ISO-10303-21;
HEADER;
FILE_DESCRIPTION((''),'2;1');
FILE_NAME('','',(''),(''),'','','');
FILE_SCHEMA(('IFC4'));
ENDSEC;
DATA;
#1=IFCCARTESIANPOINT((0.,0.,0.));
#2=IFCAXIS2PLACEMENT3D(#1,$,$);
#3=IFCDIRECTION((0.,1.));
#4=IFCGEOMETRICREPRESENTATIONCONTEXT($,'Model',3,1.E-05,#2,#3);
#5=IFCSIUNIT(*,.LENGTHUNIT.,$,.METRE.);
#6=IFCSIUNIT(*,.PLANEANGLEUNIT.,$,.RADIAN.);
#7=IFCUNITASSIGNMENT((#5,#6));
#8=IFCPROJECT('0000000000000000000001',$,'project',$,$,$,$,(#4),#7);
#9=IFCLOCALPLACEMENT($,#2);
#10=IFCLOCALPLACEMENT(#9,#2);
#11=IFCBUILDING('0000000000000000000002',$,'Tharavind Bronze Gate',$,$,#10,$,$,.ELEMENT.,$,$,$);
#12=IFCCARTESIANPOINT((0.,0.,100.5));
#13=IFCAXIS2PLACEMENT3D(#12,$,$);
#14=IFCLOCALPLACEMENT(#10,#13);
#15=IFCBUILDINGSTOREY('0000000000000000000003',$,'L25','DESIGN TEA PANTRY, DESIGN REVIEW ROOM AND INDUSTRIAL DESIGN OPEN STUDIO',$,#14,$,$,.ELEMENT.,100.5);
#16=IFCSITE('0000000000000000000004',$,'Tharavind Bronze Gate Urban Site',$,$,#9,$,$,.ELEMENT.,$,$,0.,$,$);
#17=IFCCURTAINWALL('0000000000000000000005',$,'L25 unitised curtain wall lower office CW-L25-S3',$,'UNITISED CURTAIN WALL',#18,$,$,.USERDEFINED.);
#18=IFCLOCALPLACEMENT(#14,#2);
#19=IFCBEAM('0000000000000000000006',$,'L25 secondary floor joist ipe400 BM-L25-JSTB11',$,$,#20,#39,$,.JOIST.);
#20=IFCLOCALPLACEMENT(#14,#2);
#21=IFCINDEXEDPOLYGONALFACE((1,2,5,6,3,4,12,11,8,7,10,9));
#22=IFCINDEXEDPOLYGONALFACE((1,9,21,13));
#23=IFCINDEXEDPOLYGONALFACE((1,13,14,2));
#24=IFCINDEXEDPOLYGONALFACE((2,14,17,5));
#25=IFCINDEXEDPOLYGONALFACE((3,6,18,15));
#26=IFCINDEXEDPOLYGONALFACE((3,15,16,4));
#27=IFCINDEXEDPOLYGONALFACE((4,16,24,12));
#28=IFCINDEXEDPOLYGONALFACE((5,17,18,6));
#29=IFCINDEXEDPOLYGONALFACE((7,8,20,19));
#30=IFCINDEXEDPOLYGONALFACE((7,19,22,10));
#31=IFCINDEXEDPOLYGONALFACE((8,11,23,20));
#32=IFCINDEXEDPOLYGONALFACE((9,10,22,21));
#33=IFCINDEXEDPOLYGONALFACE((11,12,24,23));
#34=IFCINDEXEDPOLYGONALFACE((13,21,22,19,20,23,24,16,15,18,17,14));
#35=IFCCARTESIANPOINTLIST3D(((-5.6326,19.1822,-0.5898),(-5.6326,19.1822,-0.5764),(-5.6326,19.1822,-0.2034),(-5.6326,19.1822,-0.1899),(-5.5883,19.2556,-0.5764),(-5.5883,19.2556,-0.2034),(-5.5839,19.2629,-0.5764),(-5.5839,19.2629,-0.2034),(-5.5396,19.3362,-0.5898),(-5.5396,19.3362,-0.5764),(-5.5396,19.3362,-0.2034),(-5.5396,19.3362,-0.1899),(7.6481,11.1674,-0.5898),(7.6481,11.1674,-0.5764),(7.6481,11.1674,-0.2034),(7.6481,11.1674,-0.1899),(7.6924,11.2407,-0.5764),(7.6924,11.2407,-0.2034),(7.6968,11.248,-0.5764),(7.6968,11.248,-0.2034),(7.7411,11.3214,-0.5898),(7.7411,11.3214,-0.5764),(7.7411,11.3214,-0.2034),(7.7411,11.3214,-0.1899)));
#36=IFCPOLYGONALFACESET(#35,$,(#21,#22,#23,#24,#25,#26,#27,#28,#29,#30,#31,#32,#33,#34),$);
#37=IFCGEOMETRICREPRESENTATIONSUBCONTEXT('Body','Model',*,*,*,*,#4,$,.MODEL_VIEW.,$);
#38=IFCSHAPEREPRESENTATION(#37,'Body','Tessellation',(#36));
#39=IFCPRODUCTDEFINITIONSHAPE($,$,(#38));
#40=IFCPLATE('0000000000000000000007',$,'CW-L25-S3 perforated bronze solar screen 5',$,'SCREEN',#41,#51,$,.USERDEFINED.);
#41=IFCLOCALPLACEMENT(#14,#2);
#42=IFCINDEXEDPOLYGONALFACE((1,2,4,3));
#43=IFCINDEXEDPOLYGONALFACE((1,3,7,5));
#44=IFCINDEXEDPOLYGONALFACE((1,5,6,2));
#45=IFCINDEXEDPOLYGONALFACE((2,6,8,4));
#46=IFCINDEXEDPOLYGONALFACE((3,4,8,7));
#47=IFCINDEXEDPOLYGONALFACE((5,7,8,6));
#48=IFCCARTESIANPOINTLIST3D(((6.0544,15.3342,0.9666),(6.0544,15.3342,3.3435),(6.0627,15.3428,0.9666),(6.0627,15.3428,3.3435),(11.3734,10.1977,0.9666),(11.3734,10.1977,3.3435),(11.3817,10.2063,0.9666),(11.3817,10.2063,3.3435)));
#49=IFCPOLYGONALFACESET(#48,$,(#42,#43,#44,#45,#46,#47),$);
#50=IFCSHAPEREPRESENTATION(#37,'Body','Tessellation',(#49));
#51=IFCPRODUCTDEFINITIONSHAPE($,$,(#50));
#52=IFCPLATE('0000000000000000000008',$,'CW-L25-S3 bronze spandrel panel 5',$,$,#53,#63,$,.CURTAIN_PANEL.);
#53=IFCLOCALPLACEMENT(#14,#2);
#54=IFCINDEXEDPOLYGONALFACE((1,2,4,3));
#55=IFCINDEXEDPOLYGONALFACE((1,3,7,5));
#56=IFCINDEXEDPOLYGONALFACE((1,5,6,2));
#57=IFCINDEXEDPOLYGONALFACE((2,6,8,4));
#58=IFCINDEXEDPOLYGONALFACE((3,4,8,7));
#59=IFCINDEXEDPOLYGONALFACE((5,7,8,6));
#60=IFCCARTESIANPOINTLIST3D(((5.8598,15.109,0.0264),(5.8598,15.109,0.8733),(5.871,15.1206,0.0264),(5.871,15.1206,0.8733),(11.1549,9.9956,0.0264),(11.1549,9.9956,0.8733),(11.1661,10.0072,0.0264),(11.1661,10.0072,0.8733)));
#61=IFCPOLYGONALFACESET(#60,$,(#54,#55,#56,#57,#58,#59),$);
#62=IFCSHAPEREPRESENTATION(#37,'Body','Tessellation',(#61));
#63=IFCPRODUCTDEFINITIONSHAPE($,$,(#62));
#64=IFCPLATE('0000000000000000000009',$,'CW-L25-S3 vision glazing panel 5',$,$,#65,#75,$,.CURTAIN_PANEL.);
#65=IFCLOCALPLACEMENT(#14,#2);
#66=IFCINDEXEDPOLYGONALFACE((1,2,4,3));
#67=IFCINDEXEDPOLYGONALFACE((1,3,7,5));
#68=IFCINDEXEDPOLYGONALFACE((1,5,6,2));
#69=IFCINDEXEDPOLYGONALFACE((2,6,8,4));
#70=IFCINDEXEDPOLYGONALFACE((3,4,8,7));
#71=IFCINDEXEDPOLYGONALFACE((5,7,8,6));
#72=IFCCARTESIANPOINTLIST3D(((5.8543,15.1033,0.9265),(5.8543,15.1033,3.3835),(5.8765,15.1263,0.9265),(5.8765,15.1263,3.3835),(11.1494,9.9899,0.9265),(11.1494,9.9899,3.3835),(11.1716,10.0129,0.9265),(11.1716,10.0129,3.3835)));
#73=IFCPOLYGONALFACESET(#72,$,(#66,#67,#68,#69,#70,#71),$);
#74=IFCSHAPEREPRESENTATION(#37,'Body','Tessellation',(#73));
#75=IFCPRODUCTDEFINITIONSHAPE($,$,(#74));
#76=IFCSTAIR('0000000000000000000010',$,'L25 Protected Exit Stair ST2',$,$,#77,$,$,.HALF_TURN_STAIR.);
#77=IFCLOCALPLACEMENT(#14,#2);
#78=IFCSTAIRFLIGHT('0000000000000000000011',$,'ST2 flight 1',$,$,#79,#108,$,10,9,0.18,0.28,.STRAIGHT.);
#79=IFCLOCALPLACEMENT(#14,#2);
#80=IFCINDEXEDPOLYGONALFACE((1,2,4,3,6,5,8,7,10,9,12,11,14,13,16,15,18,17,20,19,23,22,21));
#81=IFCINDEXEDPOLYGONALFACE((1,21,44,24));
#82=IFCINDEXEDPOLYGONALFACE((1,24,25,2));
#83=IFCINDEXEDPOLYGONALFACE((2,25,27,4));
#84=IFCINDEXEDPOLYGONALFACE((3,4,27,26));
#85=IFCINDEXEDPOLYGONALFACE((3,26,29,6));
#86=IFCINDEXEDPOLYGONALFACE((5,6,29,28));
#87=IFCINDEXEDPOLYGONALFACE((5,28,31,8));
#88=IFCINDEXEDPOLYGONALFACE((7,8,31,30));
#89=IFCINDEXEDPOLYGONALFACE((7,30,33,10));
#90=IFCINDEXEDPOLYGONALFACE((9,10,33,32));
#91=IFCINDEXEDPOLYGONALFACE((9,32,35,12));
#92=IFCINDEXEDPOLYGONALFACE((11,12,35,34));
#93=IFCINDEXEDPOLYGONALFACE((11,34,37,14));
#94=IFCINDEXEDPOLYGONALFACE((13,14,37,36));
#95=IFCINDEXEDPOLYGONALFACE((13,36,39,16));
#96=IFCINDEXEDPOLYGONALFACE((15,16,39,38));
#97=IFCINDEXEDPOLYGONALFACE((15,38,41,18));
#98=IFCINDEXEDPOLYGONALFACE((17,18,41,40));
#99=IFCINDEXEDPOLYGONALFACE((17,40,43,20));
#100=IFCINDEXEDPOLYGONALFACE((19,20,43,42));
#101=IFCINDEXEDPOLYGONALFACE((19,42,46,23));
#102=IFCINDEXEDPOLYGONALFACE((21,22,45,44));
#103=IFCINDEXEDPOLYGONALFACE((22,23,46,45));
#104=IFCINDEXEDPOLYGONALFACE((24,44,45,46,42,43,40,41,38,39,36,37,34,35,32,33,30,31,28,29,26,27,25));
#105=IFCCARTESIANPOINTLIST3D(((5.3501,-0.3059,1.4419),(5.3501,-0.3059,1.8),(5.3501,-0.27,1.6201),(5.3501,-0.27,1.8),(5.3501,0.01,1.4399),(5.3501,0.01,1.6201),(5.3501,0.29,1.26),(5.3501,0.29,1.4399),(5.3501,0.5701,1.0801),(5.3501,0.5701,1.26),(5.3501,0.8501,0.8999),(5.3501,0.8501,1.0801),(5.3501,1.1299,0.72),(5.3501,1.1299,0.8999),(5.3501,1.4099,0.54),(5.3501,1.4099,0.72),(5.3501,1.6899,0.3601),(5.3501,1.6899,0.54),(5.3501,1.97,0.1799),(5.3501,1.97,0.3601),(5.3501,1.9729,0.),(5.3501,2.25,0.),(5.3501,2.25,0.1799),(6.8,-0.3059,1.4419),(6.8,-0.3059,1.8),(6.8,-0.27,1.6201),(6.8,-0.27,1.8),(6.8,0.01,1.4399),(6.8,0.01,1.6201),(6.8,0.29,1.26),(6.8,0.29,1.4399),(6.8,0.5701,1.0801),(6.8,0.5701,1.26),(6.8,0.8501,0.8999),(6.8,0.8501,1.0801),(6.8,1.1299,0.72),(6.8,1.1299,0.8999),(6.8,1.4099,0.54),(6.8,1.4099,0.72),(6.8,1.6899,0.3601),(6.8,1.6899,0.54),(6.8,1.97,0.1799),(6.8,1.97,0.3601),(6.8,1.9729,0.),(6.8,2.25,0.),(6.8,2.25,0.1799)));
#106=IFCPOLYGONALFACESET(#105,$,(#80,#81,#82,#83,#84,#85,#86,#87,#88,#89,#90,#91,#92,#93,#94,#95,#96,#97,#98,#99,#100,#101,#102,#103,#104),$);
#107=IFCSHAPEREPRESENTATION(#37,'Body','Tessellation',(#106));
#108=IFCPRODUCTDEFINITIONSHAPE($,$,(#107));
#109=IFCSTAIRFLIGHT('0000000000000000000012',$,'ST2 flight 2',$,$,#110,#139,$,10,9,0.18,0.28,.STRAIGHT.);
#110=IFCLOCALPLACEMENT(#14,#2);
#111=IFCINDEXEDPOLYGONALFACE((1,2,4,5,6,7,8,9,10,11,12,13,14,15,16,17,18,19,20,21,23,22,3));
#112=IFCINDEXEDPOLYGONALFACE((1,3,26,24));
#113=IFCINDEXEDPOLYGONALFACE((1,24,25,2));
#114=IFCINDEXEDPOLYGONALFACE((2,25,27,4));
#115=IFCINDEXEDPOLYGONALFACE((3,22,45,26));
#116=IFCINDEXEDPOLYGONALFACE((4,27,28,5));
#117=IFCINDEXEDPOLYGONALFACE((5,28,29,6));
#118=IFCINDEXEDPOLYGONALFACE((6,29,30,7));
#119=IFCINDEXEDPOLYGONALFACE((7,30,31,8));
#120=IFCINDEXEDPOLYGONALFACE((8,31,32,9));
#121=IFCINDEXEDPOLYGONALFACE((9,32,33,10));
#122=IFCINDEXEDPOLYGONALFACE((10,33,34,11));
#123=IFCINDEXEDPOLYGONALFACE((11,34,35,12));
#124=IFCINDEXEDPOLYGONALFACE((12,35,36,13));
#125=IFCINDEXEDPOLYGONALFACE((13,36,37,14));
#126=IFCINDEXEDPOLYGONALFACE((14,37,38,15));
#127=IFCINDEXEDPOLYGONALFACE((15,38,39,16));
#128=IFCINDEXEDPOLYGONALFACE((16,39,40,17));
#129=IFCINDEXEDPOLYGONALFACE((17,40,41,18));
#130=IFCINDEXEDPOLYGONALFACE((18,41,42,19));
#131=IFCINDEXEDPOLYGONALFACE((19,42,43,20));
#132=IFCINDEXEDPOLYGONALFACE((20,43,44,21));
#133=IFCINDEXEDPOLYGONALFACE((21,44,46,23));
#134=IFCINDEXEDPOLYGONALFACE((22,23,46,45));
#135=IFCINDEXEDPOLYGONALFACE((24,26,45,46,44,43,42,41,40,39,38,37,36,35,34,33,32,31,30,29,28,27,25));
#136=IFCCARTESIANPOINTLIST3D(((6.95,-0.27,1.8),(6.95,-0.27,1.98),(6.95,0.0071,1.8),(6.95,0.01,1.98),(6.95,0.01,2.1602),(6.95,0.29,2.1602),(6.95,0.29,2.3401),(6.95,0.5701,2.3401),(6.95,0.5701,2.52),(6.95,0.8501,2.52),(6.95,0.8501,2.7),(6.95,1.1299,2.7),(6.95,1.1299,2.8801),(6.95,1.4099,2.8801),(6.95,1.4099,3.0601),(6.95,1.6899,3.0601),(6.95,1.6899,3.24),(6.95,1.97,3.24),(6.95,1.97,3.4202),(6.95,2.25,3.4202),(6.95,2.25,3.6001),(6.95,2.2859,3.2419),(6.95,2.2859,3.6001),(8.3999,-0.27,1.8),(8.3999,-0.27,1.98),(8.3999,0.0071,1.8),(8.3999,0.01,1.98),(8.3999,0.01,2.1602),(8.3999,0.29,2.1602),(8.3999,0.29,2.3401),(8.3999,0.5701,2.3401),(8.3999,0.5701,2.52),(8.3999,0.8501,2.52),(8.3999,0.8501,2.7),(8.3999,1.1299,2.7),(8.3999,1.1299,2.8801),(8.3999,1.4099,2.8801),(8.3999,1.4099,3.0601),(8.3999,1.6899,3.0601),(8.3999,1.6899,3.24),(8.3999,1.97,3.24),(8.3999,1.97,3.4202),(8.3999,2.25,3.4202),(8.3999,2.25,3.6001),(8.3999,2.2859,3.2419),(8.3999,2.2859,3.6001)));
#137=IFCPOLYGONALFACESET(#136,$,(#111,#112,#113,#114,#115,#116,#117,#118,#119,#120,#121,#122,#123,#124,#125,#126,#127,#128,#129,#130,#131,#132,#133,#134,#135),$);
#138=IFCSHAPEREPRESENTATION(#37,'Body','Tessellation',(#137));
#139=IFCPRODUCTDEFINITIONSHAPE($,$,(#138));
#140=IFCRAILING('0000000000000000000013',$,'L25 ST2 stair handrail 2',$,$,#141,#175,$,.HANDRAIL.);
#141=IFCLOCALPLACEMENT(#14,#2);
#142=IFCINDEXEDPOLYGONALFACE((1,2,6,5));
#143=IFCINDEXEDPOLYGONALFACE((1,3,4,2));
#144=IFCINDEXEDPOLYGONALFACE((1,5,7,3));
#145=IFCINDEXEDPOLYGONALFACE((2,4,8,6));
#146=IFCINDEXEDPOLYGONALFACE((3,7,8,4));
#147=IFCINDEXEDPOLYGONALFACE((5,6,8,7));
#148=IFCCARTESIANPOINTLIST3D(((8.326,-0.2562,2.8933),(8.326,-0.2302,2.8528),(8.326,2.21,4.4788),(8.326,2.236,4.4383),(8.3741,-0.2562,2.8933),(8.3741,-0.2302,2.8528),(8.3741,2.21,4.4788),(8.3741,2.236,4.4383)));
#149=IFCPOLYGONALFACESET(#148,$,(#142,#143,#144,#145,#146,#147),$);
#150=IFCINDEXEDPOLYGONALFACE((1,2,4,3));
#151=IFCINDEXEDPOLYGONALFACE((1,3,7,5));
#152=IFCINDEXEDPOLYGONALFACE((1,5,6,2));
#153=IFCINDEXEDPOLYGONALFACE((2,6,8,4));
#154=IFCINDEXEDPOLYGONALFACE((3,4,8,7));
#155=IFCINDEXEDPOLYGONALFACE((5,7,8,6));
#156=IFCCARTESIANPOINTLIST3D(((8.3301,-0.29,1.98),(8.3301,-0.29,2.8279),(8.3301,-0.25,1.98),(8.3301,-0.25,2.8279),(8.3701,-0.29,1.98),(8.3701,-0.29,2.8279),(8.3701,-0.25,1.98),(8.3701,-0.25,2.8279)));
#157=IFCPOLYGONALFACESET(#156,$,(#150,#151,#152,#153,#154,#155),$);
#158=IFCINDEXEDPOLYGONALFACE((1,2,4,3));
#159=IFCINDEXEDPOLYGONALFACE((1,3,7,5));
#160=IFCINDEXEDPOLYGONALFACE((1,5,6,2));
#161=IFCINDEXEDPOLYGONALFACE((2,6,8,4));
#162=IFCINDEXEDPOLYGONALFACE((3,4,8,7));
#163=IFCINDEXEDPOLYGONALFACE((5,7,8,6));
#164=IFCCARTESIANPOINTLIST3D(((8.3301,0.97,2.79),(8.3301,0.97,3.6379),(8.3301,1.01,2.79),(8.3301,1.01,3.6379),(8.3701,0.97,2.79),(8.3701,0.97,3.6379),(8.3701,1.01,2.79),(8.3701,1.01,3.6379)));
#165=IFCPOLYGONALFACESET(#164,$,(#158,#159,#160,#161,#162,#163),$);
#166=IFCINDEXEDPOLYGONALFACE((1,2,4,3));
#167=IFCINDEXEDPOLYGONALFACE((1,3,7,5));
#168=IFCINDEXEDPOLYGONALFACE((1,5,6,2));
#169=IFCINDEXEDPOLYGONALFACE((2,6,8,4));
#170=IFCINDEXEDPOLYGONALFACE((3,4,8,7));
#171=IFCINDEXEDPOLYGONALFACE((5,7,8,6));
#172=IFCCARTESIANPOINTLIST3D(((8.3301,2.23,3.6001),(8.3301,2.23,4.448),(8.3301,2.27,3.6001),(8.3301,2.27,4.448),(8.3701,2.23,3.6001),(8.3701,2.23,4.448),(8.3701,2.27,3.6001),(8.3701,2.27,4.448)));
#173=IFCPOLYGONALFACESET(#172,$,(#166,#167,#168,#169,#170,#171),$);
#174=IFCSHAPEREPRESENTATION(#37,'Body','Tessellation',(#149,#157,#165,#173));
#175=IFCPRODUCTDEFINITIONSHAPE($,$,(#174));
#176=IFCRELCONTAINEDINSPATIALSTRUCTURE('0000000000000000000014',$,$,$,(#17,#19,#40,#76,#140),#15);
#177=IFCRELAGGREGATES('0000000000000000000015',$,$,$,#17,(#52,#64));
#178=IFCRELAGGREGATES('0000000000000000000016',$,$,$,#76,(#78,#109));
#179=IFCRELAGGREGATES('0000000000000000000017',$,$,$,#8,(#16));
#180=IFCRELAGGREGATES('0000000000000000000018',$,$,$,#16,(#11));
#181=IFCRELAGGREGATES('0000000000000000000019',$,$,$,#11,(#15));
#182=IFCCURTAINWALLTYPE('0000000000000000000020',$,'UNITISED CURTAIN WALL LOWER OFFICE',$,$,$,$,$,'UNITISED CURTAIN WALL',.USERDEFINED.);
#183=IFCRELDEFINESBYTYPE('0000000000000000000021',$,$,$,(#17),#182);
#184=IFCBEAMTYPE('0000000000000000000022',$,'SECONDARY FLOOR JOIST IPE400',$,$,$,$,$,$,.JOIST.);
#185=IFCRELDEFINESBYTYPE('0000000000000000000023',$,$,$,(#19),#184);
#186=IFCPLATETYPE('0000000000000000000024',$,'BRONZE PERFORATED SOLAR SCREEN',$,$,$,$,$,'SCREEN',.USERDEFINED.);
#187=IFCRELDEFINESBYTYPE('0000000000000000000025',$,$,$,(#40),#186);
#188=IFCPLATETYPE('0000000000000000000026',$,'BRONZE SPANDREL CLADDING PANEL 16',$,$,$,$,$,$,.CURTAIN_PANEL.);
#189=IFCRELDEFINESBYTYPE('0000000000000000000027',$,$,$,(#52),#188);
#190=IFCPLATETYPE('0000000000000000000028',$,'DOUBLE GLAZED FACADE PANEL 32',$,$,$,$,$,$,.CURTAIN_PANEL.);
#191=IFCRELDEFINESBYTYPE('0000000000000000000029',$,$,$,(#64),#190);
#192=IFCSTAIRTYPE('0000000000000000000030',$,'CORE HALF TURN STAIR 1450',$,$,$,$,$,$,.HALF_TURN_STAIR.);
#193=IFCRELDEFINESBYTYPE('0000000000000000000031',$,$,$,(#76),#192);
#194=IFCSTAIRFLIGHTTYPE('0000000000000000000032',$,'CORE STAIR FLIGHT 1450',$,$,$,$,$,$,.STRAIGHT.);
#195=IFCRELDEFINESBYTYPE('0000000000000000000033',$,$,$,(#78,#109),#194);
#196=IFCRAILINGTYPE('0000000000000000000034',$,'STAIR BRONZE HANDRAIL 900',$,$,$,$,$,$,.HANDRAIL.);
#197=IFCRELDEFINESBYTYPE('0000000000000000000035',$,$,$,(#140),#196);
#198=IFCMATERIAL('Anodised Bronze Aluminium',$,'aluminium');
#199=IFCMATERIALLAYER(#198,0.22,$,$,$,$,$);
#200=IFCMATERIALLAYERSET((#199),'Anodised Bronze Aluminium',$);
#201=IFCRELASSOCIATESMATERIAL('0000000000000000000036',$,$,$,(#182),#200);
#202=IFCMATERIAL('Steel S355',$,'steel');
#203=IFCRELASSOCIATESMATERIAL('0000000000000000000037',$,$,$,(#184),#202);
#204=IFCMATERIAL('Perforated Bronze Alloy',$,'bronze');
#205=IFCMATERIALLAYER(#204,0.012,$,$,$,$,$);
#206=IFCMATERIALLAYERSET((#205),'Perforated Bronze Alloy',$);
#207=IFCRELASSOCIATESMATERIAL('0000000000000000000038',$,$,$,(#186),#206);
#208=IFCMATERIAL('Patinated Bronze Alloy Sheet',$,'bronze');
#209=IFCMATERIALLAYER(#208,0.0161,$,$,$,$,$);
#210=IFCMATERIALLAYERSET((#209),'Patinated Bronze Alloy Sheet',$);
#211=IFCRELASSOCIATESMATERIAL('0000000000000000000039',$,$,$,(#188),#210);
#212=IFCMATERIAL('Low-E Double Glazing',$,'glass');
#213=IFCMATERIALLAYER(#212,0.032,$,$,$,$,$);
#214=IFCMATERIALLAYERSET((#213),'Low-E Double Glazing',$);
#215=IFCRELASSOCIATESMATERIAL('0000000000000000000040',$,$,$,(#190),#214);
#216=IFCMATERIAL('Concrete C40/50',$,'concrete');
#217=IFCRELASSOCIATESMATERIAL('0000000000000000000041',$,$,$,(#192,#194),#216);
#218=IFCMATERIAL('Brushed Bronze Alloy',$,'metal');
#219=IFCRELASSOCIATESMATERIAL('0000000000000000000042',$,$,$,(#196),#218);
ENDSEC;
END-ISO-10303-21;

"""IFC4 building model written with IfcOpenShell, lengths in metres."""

from ifc_helpers import new_model, si_unit, direction, frame, origin, origin_2d, place, context, subcontext, project, spatial, polyline, rectangle, i_section, outline, extrude, material, layer, layer_set, material_profile, profile_set, type_object, element, aggregate, save


model = new_model("IFC4")

# Units and contexts
model_context = context("Model", 3, precision=1e-05, world=origin(), true_north=direction((0.0, 1.0)))
body_context = subcontext(model_context, "Body", "Model", "MODEL_VIEW")
ifc_project = project(units=[si_unit("LENGTHUNIT", "METRE"), si_unit("PLANEANGLEUNIT", "RADIAN")], contexts=[model_context])

# Site, building, storey
site_placement = place(None, origin())
site = spatial("IfcSite", under=ifc_project, at=site_placement, Name="Tharavind Bronze Gate Urban Site", CompositionType="ELEMENT", RefElevation=0.0)
building_placement = place(site_placement, origin())
building = spatial("IfcBuilding", under=site, at=building_placement, Name="Tharavind Bronze Gate", CompositionType="ELEMENT")
storey_placement = place(building_placement, frame((0.0, 0.0, 100.5)))
storey = spatial("IfcBuildingStorey", under=building, at=storey_placement, Name="L25", Description="DESIGN TEA PANTRY, DESIGN REVIEW ROOM AND INDUSTRIAL DESIGN OPEN STUDIO", CompositionType="ELEMENT", Elevation=100.5)

# Curtain wall
ifc_material_1 = material(Name="Anodised Bronze Aluminium", Category="aluminium")
ifc_layer_1 = layer(ifc_material_1, 0.22)
ifc_layer_set_1 = layer_set([ifc_layer_1], Name="Anodised Bronze Aluminium")
curtain_wall_type = type_object("IfcCurtainWallType", Name="UNITISED CURTAIN WALL LOWER OFFICE", ElementType="UNITISED CURTAIN WALL", PredefinedType="USERDEFINED", material=ifc_layer_set_1)
curtain_wall_placement = place(storey_placement, origin())
curtain_wall = element("IfcCurtainWall", 1, at=curtain_wall_placement, inside=storey, type_object=curtain_wall_type, Name="L25 unitised curtain wall lower office CW-L25-S3", ObjectType="UNITISED CURTAIN WALL", PredefinedType="USERDEFINED")

# Beam
ifc_material_2 = material(Name="Steel S355", Category="steel")
ifc_material_profile_1 = material_profile(ifc_material_2, i_section(OverallWidth=0.1799, OverallDepth=0.3999, WebThickness=0.0085, FlangeThickness=0.0134, at=origin_2d()), Name="IPE400")
ifc_profile_set_1 = profile_set([ifc_material_profile_1], Name="Steel S355")
beam_type_1 = type_object("IfcBeamType", Name="SECONDARY FLOOR JOIST IPE400", PredefinedType="JOIST", material=ifc_profile_set_1)
beam_1_placement = place(storey_placement, frame((7.6946, 11.2444, -0.3899), z_axis=(-0.856169, 0.516695, 0.0), x_axis=(-0.516695, -0.856169, 0.0)))
element("IfcBeam", 2, at=beam_1_placement, inside=storey, type_object=beam_type_1, Name="L25 secondary floor joist ipe400 BM-L25-JSTB11", PredefinedType="JOIST", context=body_context, shape_type="SweptSolid", body=[
    extrude(i_section(OverallWidth=0.1799, OverallDepth=0.3999, WebThickness=0.0085, FlangeThickness=0.0134, at=origin_2d()), origin(), (0.0, 0.0, 1.0), 15.5117),
])

# Plates
ifc_material_3 = material(Name="Perforated Bronze Alloy", Category="bronze")
ifc_layer_2 = layer(ifc_material_3, 0.012)
ifc_layer_set_2 = layer_set([ifc_layer_2], Name="Perforated Bronze Alloy")
plate_type_1 = type_object("IfcPlateType", Name="BRONZE PERFORATED SOLAR SCREEN", ElementType="SCREEN", PredefinedType="USERDEFINED", material=ifc_layer_set_2)
plate_1_placement = place(storey_placement, frame((8.718, 12.7703, 0.9666), z_axis=(0.0, 0.0, 1.0), x_axis=(-0.719341, 0.694657, 0.0)))
element("IfcPlate", 3, at=plate_1_placement, inside=storey, type_object=plate_type_1, Name="CW-L25-S3 perforated bronze solar screen 5", ObjectType="SCREEN", PredefinedType="USERDEFINED", context=body_context, shape_type="SweptSolid", body=[
    extrude(rectangle(XDim=7.3943, YDim=0.012, at=origin_2d()), origin(), (0.0, 0.0, 1.0), 2.377),
])
ifc_material_4 = material(Name="Patinated Bronze Alloy Sheet", Category="bronze")
ifc_layer_3 = layer(ifc_material_4, 0.0161)
ifc_layer_set_3 = layer_set([ifc_layer_3], Name="Patinated Bronze Alloy Sheet")
plate_type_2 = type_object("IfcPlateType", Name="BRONZE SPANDREL CLADDING PANEL 16", PredefinedType="CURTAIN_PANEL", material=ifc_layer_set_3)
plate_2_placement = place(storey_placement, frame((8.5129, 12.5581, 0.0264), z_axis=(0.0, 0.0, 1.0), x_axis=(-0.719341, 0.694657, 0.0)))
plate_2 = element("IfcPlate", 4, at=plate_2_placement, type_object=plate_type_2, Name="CW-L25-S3 bronze spandrel panel 5", PredefinedType="CURTAIN_PANEL", context=body_context, shape_type="SweptSolid", body=[
    extrude(rectangle(XDim=7.3611, YDim=0.0161, at=origin_2d()), origin(), (0.0, 0.0, 1.0), 0.8469),
])
ifc_material_5 = material(Name="Low-E Double Glazing", Category="glass")
ifc_layer_4 = layer(ifc_material_5, 0.032)
ifc_layer_set_4 = layer_set([ifc_layer_4], Name="Low-E Double Glazing")
plate_type_3 = type_object("IfcPlateType", Name="DOUBLE GLAZED FACADE PANEL 32", PredefinedType="CURTAIN_PANEL", material=ifc_layer_set_4)
plate_3_placement = place(storey_placement, frame((8.5129, 12.5581, 0.9265), z_axis=(0.0, 0.0, 1.0), x_axis=(-0.719341, 0.694657, 0.0)))
plate_3 = element("IfcPlate", 5, at=plate_3_placement, type_object=plate_type_3, Name="CW-L25-S3 vision glazing panel 5", PredefinedType="CURTAIN_PANEL", context=body_context, shape_type="SweptSolid", body=[
    extrude(rectangle(XDim=7.3611, YDim=0.032, at=origin_2d()), origin(), (0.0, 0.0, 1.0), 2.457),
])
aggregate(curtain_wall, [plate_2, plate_3])

# Stair, stair flights
ifc_material_6 = material(Name="Concrete C40/50", Category="concrete")
stair_type = type_object("IfcStairType", Name="CORE HALF TURN STAIR 1450", PredefinedType="HALF_TURN_STAIR", material=ifc_material_6)
stair_placement = place(storey_placement, origin())
stair = element("IfcStair", 6, at=stair_placement, inside=storey, type_object=stair_type, Name="L25 Protected Exit Stair ST2", PredefinedType="HALF_TURN_STAIR")
stair_flight_type = type_object("IfcStairFlightType", Name="CORE STAIR FLIGHT 1450", PredefinedType="STRAIGHT", material=ifc_material_6)
stair_flight_1_placement = place(storey_placement, frame((6.075, 2.25, 0.0), z_axis=(0.0, 0.0, 1.0), x_axis=(0.0, -1.0, 0.0)))
stair_flight_1 = element("IfcStairFlight", 7, at=stair_flight_1_placement, type_object=stair_flight_type, Name="ST2 flight 1", NumberOfRisers=10, NumberOfTreads=9, PredefinedType="STRAIGHT", RiserHeight=0.18, TreadLength=0.28, context=body_context, shape_type="SweptSolid", body=[
    extrude(outline(polyline([(0.0, 0.0), (0.0, 0.1799), (0.28, 0.1799), (0.28, 0.3601), (0.5601, 0.3601), (0.5601, 0.54), (0.8401, 0.54), (0.8401, 0.72), (1.1201, 0.72), (1.1201, 0.8999), (1.3999, 0.8999), (1.3999, 1.0801), (1.6799, 1.0801), (1.6799, 1.26), (1.96, 1.26), (1.96, 1.4399), (2.24, 1.4399), (2.24, 1.6201), (2.52, 1.6201), (2.52, 1.8), (2.5559, 1.8), (2.5559, 1.4419), (0.2771, 0.0), (0.0, 0.0)])), frame((0.0, 0.7251, 0.0), z_axis=(0.0, -1.0, 0.0), x_axis=(1.0, 0.0, 0.0)), (0.0, 0.0, 1.0), 1.45),
])
stair_flight_2_placement = place(storey_placement, frame((7.675, -0.27, 1.8), z_axis=(0.0, 0.0, 1.0), x_axis=(0.0, 1.0, 0.0)))
stair_flight_2 = element("IfcStairFlight", 8, at=stair_flight_2_placement, type_object=stair_flight_type, Name="ST2 flight 2", NumberOfRisers=10, NumberOfTreads=9, PredefinedType="STRAIGHT", RiserHeight=0.18, TreadLength=0.28, context=body_context, shape_type="SweptSolid", body=[
    extrude(outline(polyline([(0.0, 0.0), (0.0, 0.1799), (0.28, 0.1799), (0.28, 0.3601), (0.5601, 0.3601), (0.5601, 0.54), (0.8401, 0.54), (0.8401, 0.72), (1.1201, 0.72), (1.1201, 0.8999), (1.3999, 0.8999), (1.3999, 1.0801), (1.6799, 1.0801), (1.6799, 1.26), (1.96, 1.26), (1.96, 1.4399), (2.24, 1.4399), (2.24, 1.6201), (2.52, 1.6201), (2.52, 1.8), (2.5559, 1.8), (2.5559, 1.4419), (0.2771, 0.0), (0.0, 0.0)])), frame((0.0, 0.7251, 0.0), z_axis=(0.0, -1.0, 0.0), x_axis=(1.0, 0.0, 0.0)), (0.0, 0.0, 1.0), 1.45),
])
aggregate(stair, [stair_flight_1, stair_flight_2])

# Railing
ifc_material_7 = material(Name="Brushed Bronze Alloy", Category="metal")
railing_type_1 = type_object("IfcRailingType", Name="STAIR BRONZE HANDRAIL 900", PredefinedType="HANDRAIL", material=ifc_material_7)
railing_1_placement = place(storey_placement, frame((8.3501, -0.27, 1.98)))
element("IfcRailing", 9, at=railing_1_placement, inside=storey, type_object=railing_type_1, Name="L25 ST2 stair handrail 2", PredefinedType="HANDRAIL", context=body_context, shape_type="SweptSolid", body=[
    extrude(rectangle(XDim=0.0481, YDim=0.0481, at=origin_2d()), frame((0.0, 0.0269, 0.8931), z_axis=(0.0, 0.841163, 0.540782), x_axis=(-1.0, 0.0, 0.0)), (0.0, 0.0, 1.0), 2.9319),
    extrude(rectangle(XDim=0.04, YDim=0.04, at=origin_2d()), origin(), (0.0, 0.0, 1.0), 0.8479),
    extrude(rectangle(XDim=0.04, YDim=0.04, at=origin_2d()), frame((0.0, 1.26, 0.8101)), (0.0, 0.0, 1.0), 0.8479),
    extrude(rectangle(XDim=0.04, YDim=0.04, at=origin_2d()), frame((0.0, 2.52, 1.6201)), (0.0, 0.0, 1.0), 0.8479),
])

save(model, "model.ifc")
